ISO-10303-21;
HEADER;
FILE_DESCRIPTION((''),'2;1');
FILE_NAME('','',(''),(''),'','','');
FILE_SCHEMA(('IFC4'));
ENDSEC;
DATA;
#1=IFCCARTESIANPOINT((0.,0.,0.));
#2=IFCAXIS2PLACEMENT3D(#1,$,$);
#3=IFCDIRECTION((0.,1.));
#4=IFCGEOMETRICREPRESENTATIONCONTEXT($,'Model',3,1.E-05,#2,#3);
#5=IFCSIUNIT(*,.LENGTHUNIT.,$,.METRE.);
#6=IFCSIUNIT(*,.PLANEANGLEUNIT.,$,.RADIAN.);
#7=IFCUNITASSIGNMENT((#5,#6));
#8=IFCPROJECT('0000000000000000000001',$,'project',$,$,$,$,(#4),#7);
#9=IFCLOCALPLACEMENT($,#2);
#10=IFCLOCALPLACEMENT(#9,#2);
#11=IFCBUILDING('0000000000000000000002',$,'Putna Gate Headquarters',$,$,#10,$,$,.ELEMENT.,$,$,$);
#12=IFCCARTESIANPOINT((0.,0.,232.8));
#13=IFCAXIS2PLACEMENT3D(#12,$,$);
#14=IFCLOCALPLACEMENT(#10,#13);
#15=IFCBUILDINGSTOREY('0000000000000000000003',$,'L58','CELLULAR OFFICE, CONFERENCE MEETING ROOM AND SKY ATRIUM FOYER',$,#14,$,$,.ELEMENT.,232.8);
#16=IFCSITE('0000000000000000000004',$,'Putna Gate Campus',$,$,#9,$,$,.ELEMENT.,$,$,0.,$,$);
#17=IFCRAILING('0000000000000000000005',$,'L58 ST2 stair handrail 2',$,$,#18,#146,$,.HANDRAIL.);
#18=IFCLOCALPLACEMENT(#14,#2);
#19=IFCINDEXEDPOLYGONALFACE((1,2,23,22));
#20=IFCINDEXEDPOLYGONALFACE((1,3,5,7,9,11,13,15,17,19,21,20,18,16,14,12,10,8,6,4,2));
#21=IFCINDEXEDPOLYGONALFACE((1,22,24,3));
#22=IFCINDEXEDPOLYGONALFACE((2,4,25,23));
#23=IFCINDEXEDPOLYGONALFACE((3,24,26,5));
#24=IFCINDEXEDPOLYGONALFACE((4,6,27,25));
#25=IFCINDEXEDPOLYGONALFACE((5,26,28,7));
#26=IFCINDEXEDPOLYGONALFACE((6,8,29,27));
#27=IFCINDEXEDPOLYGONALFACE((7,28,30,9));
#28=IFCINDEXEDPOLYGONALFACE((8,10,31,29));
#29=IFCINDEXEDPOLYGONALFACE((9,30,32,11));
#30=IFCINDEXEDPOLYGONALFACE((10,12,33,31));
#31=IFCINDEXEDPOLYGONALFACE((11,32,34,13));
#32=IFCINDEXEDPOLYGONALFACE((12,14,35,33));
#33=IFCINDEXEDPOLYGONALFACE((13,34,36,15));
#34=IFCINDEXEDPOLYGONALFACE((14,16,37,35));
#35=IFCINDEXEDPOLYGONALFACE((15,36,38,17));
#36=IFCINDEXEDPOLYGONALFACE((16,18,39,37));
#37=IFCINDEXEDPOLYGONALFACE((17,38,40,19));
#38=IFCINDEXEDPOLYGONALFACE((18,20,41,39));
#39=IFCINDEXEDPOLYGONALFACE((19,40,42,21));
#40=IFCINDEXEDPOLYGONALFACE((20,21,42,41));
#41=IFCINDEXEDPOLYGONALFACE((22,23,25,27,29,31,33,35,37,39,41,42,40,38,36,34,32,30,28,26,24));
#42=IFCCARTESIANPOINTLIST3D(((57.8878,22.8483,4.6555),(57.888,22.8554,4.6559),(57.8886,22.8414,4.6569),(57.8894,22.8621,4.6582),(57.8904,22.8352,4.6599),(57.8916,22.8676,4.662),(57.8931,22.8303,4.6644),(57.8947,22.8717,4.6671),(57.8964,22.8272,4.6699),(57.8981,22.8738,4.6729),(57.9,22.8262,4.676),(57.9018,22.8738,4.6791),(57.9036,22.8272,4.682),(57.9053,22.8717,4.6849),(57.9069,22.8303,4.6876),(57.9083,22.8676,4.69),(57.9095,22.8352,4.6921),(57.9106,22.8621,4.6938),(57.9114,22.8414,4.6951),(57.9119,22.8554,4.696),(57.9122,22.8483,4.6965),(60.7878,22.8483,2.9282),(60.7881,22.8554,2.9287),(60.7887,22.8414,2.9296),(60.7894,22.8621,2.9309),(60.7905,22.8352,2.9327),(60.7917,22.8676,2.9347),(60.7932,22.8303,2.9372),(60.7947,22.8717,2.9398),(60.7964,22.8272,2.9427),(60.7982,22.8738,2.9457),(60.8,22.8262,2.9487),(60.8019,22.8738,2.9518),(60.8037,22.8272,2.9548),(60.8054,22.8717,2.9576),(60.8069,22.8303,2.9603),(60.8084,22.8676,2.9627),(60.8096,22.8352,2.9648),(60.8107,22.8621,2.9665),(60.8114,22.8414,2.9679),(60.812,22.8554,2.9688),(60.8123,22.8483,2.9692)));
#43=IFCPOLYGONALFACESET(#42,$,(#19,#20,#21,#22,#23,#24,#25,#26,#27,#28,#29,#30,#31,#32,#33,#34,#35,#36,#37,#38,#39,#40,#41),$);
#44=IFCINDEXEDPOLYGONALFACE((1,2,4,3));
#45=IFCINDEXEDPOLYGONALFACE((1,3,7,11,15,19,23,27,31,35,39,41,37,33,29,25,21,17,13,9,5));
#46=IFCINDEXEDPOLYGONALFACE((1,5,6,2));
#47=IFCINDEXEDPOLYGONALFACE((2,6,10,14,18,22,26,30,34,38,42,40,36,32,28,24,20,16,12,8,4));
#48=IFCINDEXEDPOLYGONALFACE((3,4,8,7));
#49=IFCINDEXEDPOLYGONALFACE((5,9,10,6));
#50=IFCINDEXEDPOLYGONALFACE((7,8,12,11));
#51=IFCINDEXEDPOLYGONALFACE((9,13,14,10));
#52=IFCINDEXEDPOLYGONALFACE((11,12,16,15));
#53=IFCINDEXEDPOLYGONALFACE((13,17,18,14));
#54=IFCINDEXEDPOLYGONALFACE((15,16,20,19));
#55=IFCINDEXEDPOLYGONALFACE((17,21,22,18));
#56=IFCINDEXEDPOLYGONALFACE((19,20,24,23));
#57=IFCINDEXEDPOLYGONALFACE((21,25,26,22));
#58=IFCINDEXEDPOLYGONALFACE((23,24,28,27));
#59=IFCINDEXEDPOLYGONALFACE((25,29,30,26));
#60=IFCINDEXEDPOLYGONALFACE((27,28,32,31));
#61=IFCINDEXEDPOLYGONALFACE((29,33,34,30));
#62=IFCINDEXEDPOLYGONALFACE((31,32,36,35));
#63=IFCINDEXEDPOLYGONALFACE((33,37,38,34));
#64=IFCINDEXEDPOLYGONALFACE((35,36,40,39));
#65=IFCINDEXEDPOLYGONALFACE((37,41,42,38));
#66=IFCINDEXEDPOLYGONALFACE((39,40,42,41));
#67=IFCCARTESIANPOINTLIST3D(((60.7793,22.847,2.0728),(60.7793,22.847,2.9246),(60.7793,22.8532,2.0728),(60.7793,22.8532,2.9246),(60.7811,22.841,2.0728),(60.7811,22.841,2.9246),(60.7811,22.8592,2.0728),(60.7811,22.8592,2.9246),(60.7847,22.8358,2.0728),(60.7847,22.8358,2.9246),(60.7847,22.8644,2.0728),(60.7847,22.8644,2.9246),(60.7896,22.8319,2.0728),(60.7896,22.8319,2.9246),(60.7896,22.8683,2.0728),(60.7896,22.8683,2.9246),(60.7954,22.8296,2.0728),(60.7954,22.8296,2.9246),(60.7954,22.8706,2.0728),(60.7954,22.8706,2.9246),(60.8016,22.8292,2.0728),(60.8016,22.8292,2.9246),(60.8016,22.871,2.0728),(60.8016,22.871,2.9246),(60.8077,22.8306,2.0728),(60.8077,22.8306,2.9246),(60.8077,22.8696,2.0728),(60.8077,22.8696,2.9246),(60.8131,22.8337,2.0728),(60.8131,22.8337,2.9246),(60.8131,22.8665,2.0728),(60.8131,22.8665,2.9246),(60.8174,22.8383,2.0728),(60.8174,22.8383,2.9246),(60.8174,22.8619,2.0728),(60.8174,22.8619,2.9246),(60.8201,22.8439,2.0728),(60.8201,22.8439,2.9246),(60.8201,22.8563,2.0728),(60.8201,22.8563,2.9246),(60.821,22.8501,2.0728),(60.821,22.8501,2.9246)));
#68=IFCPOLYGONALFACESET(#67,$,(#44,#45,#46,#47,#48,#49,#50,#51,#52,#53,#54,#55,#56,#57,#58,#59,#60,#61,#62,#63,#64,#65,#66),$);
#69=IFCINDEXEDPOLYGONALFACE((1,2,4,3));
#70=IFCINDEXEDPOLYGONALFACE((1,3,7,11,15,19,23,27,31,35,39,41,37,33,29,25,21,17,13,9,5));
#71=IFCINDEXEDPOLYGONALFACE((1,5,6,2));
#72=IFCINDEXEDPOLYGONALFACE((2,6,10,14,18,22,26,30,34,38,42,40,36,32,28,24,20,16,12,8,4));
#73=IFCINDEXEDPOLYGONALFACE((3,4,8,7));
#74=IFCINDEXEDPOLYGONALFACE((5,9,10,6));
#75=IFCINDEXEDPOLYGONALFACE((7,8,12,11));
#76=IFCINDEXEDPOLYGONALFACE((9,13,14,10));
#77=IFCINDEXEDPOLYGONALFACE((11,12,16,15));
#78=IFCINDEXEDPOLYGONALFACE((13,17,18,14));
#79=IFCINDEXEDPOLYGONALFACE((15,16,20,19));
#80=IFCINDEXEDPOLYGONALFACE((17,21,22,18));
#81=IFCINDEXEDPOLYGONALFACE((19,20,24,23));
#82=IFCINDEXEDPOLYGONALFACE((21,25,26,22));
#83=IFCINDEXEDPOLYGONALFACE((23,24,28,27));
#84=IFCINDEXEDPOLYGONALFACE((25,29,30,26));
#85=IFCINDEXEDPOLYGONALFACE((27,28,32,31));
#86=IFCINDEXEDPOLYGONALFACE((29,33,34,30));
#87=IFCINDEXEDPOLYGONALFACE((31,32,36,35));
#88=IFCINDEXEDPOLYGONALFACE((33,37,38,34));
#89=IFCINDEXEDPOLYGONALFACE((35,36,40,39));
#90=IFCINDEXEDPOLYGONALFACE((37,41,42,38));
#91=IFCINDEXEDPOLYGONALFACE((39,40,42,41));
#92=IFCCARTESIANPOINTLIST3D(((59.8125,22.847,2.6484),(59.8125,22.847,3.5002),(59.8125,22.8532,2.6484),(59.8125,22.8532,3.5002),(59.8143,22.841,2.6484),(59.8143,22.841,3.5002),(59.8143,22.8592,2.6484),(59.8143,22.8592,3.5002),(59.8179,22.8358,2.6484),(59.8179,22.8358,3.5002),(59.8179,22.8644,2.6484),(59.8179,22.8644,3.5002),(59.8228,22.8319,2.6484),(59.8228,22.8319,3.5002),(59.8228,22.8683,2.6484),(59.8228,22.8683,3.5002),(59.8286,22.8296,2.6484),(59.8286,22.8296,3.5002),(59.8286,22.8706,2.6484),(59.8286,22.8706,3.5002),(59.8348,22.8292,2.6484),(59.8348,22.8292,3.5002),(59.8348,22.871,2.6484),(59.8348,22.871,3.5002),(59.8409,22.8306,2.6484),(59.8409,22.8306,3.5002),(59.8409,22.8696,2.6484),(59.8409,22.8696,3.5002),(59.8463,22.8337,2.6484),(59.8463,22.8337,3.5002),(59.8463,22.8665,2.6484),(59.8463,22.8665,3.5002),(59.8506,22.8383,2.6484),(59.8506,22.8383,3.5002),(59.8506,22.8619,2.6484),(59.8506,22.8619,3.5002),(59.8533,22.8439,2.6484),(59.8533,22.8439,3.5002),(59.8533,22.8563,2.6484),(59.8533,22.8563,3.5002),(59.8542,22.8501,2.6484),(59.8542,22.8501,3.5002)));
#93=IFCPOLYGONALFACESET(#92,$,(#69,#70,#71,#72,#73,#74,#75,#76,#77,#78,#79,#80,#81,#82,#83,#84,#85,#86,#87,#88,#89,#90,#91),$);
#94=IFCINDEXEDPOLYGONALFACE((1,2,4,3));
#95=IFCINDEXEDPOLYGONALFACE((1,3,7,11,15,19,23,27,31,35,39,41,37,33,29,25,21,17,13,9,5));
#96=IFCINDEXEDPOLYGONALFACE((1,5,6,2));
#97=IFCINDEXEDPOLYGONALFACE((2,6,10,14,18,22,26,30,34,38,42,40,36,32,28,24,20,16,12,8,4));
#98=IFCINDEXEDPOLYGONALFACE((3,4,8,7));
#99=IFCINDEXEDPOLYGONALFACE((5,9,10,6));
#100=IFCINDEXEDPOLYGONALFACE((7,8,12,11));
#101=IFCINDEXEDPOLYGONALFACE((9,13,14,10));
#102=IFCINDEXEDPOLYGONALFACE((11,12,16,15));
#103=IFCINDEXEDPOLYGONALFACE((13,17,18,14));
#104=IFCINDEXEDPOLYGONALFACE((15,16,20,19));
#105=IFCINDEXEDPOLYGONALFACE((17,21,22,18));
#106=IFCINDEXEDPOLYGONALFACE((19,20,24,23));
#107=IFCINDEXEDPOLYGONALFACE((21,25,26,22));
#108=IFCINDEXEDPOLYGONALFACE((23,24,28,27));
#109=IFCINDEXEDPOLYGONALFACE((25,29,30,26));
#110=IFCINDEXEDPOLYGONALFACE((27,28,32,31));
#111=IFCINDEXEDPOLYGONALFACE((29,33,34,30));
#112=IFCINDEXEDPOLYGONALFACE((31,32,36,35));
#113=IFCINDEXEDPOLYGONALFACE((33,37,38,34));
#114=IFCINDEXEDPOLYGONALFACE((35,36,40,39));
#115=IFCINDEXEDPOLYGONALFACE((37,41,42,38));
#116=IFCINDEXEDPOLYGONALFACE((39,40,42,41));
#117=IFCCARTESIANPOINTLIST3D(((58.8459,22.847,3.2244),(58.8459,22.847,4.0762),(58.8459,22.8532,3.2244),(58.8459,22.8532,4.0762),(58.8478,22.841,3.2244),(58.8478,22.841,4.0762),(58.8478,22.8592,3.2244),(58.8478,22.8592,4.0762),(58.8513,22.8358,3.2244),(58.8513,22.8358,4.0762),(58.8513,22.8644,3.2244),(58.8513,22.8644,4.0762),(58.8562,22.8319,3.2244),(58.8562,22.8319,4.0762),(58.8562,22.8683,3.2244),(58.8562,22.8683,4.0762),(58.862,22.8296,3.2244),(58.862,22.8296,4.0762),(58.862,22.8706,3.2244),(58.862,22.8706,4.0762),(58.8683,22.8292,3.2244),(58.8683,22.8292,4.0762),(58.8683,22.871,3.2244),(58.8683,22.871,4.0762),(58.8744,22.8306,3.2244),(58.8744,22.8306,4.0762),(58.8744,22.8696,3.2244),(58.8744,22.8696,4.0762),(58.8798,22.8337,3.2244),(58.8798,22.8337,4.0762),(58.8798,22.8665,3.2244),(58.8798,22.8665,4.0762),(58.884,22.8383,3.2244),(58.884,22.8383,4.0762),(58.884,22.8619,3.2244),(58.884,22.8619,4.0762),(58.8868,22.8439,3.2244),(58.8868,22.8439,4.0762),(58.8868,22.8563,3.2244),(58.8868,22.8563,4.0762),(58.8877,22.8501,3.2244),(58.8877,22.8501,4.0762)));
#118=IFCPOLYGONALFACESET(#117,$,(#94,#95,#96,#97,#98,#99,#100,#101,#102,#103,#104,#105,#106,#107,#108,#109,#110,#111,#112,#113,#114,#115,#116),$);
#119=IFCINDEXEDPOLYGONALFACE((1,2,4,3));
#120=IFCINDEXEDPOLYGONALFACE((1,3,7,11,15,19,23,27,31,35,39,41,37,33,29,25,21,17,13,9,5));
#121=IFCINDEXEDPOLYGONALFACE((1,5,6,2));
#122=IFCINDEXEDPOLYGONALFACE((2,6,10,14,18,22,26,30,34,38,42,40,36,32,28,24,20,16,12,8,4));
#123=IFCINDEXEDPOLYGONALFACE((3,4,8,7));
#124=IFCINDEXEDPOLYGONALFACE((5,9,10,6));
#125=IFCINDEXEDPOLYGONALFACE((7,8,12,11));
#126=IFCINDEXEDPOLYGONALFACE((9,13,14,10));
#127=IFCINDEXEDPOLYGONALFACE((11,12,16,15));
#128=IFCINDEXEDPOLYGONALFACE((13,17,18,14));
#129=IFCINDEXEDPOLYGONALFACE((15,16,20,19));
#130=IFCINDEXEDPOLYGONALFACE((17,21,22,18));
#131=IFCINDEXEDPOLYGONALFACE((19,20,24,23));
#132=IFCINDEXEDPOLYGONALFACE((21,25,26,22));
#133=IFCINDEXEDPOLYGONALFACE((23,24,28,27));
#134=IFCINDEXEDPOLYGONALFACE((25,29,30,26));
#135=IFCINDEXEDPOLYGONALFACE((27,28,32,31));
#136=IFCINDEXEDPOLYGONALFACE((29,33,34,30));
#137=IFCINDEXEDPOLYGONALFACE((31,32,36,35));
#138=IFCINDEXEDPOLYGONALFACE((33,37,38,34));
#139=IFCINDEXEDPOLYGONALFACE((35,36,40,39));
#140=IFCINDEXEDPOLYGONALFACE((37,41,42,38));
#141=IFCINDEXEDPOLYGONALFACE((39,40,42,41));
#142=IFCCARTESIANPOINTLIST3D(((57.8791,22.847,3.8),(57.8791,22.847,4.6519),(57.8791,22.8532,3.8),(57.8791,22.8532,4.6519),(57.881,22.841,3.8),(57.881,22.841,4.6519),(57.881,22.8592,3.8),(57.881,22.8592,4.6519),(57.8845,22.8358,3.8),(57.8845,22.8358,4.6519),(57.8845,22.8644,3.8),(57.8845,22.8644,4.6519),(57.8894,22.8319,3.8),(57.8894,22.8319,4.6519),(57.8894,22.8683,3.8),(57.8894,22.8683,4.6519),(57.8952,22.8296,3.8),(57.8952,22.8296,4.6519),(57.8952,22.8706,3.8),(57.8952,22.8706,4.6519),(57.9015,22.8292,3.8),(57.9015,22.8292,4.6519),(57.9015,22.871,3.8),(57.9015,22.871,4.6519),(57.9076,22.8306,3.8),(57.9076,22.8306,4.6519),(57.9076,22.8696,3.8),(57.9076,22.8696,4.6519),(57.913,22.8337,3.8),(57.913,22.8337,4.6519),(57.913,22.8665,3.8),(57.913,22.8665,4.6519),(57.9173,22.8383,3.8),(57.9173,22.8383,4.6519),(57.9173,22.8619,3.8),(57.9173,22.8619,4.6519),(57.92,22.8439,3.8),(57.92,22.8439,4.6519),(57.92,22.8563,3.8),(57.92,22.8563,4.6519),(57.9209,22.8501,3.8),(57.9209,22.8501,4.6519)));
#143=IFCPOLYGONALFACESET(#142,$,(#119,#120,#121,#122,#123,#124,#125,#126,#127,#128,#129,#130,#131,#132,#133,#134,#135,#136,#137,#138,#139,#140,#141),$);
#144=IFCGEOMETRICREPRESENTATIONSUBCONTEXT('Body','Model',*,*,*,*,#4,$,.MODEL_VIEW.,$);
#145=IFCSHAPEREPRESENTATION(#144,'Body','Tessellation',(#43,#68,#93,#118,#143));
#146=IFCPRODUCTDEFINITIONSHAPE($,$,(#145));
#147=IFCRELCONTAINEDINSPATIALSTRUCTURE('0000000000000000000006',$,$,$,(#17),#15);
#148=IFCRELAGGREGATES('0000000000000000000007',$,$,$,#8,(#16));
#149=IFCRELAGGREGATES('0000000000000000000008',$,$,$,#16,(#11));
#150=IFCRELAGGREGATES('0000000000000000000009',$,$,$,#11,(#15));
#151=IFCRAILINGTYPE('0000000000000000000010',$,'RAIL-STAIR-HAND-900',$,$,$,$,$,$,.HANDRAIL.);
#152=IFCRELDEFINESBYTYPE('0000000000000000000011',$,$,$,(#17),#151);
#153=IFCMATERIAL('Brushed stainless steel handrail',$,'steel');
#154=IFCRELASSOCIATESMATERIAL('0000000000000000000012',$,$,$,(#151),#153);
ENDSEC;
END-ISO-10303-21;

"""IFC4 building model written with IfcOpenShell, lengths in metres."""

from ifc_helpers import new_model, si_unit, direction, frame, origin, origin_2d, place, context, subcontext, project, spatial, circle, extrude, material, type_object, element, save


model = new_model("IFC4")

# Units and contexts
model_context = context("Model", 3, precision=1e-05, world=origin(), true_north=direction((0.0, 1.0)))
body_context = subcontext(model_context, "Body", "Model", "MODEL_VIEW")
ifc_project = project(units=[si_unit("LENGTHUNIT", "METRE"), si_unit("PLANEANGLEUNIT", "RADIAN")], contexts=[model_context])

# Site, building, storey
site_placement = place(None, origin())
site = spatial("IfcSite", under=ifc_project, at=site_placement, Name="Putna Gate Campus", CompositionType="ELEMENT", RefElevation=0.0)
building_placement = place(site_placement, origin())
building = spatial("IfcBuilding", under=site, at=building_placement, Name="Putna Gate Headquarters", CompositionType="ELEMENT")
storey_placement = place(building_placement, frame((0.0, 0.0, 232.8)))
storey = spatial("IfcBuildingStorey", under=building, at=storey_placement, Name="L58", Description="CELLULAR OFFICE, CONFERENCE MEETING ROOM AND SKY ATRIUM FOYER", CompositionType="ELEMENT", Elevation=232.8)

# Railing
ifc_material_1 = material(Name="Brushed stainless steel handrail", Category="steel")
railing_type_1 = type_object("IfcRailingType", Name="RAIL-STAIR-HAND-900", PredefinedType="HANDRAIL", material=ifc_material_1)
railing_1_placement = place(storey_placement, frame((60.8, 22.8501, 2.0728)))
element("IfcRailing", 1, at=railing_1_placement, inside=storey, type_object=railing_type_1, Name="L58 ST2 stair handrail 2", PredefinedType="HANDRAIL", context=body_context, shape_type="SweptSolid", body=[
    extrude(circle(Radius=0.0239, at=origin_2d()), frame((0.0, 0.0, 0.876), z_axis=(-0.85916, 0.0, 0.511706), x_axis=(0.0, -1.0, 0.0)), (0.0, 0.0, 1.0), 3.3755),
    extrude(circle(Radius=0.021, at=origin_2d()), origin(), (0.0, 0.0, 1.0), 0.8518),
    extrude(circle(Radius=0.021, at=origin_2d()), frame((-0.9668, 0.0, 0.5757)), (0.0, 0.0, 1.0), 0.8518),
    extrude(circle(Radius=0.021, at=origin_2d()), frame((-1.9333, 0.0, 1.1516)), (0.0, 0.0, 1.0), 0.8518),
    extrude(circle(Radius=0.021, at=origin_2d()), frame((-2.9001, 0.0, 1.7273)), (0.0, 0.0, 1.0), 0.8518),
])

save(model, "model.ifc")
